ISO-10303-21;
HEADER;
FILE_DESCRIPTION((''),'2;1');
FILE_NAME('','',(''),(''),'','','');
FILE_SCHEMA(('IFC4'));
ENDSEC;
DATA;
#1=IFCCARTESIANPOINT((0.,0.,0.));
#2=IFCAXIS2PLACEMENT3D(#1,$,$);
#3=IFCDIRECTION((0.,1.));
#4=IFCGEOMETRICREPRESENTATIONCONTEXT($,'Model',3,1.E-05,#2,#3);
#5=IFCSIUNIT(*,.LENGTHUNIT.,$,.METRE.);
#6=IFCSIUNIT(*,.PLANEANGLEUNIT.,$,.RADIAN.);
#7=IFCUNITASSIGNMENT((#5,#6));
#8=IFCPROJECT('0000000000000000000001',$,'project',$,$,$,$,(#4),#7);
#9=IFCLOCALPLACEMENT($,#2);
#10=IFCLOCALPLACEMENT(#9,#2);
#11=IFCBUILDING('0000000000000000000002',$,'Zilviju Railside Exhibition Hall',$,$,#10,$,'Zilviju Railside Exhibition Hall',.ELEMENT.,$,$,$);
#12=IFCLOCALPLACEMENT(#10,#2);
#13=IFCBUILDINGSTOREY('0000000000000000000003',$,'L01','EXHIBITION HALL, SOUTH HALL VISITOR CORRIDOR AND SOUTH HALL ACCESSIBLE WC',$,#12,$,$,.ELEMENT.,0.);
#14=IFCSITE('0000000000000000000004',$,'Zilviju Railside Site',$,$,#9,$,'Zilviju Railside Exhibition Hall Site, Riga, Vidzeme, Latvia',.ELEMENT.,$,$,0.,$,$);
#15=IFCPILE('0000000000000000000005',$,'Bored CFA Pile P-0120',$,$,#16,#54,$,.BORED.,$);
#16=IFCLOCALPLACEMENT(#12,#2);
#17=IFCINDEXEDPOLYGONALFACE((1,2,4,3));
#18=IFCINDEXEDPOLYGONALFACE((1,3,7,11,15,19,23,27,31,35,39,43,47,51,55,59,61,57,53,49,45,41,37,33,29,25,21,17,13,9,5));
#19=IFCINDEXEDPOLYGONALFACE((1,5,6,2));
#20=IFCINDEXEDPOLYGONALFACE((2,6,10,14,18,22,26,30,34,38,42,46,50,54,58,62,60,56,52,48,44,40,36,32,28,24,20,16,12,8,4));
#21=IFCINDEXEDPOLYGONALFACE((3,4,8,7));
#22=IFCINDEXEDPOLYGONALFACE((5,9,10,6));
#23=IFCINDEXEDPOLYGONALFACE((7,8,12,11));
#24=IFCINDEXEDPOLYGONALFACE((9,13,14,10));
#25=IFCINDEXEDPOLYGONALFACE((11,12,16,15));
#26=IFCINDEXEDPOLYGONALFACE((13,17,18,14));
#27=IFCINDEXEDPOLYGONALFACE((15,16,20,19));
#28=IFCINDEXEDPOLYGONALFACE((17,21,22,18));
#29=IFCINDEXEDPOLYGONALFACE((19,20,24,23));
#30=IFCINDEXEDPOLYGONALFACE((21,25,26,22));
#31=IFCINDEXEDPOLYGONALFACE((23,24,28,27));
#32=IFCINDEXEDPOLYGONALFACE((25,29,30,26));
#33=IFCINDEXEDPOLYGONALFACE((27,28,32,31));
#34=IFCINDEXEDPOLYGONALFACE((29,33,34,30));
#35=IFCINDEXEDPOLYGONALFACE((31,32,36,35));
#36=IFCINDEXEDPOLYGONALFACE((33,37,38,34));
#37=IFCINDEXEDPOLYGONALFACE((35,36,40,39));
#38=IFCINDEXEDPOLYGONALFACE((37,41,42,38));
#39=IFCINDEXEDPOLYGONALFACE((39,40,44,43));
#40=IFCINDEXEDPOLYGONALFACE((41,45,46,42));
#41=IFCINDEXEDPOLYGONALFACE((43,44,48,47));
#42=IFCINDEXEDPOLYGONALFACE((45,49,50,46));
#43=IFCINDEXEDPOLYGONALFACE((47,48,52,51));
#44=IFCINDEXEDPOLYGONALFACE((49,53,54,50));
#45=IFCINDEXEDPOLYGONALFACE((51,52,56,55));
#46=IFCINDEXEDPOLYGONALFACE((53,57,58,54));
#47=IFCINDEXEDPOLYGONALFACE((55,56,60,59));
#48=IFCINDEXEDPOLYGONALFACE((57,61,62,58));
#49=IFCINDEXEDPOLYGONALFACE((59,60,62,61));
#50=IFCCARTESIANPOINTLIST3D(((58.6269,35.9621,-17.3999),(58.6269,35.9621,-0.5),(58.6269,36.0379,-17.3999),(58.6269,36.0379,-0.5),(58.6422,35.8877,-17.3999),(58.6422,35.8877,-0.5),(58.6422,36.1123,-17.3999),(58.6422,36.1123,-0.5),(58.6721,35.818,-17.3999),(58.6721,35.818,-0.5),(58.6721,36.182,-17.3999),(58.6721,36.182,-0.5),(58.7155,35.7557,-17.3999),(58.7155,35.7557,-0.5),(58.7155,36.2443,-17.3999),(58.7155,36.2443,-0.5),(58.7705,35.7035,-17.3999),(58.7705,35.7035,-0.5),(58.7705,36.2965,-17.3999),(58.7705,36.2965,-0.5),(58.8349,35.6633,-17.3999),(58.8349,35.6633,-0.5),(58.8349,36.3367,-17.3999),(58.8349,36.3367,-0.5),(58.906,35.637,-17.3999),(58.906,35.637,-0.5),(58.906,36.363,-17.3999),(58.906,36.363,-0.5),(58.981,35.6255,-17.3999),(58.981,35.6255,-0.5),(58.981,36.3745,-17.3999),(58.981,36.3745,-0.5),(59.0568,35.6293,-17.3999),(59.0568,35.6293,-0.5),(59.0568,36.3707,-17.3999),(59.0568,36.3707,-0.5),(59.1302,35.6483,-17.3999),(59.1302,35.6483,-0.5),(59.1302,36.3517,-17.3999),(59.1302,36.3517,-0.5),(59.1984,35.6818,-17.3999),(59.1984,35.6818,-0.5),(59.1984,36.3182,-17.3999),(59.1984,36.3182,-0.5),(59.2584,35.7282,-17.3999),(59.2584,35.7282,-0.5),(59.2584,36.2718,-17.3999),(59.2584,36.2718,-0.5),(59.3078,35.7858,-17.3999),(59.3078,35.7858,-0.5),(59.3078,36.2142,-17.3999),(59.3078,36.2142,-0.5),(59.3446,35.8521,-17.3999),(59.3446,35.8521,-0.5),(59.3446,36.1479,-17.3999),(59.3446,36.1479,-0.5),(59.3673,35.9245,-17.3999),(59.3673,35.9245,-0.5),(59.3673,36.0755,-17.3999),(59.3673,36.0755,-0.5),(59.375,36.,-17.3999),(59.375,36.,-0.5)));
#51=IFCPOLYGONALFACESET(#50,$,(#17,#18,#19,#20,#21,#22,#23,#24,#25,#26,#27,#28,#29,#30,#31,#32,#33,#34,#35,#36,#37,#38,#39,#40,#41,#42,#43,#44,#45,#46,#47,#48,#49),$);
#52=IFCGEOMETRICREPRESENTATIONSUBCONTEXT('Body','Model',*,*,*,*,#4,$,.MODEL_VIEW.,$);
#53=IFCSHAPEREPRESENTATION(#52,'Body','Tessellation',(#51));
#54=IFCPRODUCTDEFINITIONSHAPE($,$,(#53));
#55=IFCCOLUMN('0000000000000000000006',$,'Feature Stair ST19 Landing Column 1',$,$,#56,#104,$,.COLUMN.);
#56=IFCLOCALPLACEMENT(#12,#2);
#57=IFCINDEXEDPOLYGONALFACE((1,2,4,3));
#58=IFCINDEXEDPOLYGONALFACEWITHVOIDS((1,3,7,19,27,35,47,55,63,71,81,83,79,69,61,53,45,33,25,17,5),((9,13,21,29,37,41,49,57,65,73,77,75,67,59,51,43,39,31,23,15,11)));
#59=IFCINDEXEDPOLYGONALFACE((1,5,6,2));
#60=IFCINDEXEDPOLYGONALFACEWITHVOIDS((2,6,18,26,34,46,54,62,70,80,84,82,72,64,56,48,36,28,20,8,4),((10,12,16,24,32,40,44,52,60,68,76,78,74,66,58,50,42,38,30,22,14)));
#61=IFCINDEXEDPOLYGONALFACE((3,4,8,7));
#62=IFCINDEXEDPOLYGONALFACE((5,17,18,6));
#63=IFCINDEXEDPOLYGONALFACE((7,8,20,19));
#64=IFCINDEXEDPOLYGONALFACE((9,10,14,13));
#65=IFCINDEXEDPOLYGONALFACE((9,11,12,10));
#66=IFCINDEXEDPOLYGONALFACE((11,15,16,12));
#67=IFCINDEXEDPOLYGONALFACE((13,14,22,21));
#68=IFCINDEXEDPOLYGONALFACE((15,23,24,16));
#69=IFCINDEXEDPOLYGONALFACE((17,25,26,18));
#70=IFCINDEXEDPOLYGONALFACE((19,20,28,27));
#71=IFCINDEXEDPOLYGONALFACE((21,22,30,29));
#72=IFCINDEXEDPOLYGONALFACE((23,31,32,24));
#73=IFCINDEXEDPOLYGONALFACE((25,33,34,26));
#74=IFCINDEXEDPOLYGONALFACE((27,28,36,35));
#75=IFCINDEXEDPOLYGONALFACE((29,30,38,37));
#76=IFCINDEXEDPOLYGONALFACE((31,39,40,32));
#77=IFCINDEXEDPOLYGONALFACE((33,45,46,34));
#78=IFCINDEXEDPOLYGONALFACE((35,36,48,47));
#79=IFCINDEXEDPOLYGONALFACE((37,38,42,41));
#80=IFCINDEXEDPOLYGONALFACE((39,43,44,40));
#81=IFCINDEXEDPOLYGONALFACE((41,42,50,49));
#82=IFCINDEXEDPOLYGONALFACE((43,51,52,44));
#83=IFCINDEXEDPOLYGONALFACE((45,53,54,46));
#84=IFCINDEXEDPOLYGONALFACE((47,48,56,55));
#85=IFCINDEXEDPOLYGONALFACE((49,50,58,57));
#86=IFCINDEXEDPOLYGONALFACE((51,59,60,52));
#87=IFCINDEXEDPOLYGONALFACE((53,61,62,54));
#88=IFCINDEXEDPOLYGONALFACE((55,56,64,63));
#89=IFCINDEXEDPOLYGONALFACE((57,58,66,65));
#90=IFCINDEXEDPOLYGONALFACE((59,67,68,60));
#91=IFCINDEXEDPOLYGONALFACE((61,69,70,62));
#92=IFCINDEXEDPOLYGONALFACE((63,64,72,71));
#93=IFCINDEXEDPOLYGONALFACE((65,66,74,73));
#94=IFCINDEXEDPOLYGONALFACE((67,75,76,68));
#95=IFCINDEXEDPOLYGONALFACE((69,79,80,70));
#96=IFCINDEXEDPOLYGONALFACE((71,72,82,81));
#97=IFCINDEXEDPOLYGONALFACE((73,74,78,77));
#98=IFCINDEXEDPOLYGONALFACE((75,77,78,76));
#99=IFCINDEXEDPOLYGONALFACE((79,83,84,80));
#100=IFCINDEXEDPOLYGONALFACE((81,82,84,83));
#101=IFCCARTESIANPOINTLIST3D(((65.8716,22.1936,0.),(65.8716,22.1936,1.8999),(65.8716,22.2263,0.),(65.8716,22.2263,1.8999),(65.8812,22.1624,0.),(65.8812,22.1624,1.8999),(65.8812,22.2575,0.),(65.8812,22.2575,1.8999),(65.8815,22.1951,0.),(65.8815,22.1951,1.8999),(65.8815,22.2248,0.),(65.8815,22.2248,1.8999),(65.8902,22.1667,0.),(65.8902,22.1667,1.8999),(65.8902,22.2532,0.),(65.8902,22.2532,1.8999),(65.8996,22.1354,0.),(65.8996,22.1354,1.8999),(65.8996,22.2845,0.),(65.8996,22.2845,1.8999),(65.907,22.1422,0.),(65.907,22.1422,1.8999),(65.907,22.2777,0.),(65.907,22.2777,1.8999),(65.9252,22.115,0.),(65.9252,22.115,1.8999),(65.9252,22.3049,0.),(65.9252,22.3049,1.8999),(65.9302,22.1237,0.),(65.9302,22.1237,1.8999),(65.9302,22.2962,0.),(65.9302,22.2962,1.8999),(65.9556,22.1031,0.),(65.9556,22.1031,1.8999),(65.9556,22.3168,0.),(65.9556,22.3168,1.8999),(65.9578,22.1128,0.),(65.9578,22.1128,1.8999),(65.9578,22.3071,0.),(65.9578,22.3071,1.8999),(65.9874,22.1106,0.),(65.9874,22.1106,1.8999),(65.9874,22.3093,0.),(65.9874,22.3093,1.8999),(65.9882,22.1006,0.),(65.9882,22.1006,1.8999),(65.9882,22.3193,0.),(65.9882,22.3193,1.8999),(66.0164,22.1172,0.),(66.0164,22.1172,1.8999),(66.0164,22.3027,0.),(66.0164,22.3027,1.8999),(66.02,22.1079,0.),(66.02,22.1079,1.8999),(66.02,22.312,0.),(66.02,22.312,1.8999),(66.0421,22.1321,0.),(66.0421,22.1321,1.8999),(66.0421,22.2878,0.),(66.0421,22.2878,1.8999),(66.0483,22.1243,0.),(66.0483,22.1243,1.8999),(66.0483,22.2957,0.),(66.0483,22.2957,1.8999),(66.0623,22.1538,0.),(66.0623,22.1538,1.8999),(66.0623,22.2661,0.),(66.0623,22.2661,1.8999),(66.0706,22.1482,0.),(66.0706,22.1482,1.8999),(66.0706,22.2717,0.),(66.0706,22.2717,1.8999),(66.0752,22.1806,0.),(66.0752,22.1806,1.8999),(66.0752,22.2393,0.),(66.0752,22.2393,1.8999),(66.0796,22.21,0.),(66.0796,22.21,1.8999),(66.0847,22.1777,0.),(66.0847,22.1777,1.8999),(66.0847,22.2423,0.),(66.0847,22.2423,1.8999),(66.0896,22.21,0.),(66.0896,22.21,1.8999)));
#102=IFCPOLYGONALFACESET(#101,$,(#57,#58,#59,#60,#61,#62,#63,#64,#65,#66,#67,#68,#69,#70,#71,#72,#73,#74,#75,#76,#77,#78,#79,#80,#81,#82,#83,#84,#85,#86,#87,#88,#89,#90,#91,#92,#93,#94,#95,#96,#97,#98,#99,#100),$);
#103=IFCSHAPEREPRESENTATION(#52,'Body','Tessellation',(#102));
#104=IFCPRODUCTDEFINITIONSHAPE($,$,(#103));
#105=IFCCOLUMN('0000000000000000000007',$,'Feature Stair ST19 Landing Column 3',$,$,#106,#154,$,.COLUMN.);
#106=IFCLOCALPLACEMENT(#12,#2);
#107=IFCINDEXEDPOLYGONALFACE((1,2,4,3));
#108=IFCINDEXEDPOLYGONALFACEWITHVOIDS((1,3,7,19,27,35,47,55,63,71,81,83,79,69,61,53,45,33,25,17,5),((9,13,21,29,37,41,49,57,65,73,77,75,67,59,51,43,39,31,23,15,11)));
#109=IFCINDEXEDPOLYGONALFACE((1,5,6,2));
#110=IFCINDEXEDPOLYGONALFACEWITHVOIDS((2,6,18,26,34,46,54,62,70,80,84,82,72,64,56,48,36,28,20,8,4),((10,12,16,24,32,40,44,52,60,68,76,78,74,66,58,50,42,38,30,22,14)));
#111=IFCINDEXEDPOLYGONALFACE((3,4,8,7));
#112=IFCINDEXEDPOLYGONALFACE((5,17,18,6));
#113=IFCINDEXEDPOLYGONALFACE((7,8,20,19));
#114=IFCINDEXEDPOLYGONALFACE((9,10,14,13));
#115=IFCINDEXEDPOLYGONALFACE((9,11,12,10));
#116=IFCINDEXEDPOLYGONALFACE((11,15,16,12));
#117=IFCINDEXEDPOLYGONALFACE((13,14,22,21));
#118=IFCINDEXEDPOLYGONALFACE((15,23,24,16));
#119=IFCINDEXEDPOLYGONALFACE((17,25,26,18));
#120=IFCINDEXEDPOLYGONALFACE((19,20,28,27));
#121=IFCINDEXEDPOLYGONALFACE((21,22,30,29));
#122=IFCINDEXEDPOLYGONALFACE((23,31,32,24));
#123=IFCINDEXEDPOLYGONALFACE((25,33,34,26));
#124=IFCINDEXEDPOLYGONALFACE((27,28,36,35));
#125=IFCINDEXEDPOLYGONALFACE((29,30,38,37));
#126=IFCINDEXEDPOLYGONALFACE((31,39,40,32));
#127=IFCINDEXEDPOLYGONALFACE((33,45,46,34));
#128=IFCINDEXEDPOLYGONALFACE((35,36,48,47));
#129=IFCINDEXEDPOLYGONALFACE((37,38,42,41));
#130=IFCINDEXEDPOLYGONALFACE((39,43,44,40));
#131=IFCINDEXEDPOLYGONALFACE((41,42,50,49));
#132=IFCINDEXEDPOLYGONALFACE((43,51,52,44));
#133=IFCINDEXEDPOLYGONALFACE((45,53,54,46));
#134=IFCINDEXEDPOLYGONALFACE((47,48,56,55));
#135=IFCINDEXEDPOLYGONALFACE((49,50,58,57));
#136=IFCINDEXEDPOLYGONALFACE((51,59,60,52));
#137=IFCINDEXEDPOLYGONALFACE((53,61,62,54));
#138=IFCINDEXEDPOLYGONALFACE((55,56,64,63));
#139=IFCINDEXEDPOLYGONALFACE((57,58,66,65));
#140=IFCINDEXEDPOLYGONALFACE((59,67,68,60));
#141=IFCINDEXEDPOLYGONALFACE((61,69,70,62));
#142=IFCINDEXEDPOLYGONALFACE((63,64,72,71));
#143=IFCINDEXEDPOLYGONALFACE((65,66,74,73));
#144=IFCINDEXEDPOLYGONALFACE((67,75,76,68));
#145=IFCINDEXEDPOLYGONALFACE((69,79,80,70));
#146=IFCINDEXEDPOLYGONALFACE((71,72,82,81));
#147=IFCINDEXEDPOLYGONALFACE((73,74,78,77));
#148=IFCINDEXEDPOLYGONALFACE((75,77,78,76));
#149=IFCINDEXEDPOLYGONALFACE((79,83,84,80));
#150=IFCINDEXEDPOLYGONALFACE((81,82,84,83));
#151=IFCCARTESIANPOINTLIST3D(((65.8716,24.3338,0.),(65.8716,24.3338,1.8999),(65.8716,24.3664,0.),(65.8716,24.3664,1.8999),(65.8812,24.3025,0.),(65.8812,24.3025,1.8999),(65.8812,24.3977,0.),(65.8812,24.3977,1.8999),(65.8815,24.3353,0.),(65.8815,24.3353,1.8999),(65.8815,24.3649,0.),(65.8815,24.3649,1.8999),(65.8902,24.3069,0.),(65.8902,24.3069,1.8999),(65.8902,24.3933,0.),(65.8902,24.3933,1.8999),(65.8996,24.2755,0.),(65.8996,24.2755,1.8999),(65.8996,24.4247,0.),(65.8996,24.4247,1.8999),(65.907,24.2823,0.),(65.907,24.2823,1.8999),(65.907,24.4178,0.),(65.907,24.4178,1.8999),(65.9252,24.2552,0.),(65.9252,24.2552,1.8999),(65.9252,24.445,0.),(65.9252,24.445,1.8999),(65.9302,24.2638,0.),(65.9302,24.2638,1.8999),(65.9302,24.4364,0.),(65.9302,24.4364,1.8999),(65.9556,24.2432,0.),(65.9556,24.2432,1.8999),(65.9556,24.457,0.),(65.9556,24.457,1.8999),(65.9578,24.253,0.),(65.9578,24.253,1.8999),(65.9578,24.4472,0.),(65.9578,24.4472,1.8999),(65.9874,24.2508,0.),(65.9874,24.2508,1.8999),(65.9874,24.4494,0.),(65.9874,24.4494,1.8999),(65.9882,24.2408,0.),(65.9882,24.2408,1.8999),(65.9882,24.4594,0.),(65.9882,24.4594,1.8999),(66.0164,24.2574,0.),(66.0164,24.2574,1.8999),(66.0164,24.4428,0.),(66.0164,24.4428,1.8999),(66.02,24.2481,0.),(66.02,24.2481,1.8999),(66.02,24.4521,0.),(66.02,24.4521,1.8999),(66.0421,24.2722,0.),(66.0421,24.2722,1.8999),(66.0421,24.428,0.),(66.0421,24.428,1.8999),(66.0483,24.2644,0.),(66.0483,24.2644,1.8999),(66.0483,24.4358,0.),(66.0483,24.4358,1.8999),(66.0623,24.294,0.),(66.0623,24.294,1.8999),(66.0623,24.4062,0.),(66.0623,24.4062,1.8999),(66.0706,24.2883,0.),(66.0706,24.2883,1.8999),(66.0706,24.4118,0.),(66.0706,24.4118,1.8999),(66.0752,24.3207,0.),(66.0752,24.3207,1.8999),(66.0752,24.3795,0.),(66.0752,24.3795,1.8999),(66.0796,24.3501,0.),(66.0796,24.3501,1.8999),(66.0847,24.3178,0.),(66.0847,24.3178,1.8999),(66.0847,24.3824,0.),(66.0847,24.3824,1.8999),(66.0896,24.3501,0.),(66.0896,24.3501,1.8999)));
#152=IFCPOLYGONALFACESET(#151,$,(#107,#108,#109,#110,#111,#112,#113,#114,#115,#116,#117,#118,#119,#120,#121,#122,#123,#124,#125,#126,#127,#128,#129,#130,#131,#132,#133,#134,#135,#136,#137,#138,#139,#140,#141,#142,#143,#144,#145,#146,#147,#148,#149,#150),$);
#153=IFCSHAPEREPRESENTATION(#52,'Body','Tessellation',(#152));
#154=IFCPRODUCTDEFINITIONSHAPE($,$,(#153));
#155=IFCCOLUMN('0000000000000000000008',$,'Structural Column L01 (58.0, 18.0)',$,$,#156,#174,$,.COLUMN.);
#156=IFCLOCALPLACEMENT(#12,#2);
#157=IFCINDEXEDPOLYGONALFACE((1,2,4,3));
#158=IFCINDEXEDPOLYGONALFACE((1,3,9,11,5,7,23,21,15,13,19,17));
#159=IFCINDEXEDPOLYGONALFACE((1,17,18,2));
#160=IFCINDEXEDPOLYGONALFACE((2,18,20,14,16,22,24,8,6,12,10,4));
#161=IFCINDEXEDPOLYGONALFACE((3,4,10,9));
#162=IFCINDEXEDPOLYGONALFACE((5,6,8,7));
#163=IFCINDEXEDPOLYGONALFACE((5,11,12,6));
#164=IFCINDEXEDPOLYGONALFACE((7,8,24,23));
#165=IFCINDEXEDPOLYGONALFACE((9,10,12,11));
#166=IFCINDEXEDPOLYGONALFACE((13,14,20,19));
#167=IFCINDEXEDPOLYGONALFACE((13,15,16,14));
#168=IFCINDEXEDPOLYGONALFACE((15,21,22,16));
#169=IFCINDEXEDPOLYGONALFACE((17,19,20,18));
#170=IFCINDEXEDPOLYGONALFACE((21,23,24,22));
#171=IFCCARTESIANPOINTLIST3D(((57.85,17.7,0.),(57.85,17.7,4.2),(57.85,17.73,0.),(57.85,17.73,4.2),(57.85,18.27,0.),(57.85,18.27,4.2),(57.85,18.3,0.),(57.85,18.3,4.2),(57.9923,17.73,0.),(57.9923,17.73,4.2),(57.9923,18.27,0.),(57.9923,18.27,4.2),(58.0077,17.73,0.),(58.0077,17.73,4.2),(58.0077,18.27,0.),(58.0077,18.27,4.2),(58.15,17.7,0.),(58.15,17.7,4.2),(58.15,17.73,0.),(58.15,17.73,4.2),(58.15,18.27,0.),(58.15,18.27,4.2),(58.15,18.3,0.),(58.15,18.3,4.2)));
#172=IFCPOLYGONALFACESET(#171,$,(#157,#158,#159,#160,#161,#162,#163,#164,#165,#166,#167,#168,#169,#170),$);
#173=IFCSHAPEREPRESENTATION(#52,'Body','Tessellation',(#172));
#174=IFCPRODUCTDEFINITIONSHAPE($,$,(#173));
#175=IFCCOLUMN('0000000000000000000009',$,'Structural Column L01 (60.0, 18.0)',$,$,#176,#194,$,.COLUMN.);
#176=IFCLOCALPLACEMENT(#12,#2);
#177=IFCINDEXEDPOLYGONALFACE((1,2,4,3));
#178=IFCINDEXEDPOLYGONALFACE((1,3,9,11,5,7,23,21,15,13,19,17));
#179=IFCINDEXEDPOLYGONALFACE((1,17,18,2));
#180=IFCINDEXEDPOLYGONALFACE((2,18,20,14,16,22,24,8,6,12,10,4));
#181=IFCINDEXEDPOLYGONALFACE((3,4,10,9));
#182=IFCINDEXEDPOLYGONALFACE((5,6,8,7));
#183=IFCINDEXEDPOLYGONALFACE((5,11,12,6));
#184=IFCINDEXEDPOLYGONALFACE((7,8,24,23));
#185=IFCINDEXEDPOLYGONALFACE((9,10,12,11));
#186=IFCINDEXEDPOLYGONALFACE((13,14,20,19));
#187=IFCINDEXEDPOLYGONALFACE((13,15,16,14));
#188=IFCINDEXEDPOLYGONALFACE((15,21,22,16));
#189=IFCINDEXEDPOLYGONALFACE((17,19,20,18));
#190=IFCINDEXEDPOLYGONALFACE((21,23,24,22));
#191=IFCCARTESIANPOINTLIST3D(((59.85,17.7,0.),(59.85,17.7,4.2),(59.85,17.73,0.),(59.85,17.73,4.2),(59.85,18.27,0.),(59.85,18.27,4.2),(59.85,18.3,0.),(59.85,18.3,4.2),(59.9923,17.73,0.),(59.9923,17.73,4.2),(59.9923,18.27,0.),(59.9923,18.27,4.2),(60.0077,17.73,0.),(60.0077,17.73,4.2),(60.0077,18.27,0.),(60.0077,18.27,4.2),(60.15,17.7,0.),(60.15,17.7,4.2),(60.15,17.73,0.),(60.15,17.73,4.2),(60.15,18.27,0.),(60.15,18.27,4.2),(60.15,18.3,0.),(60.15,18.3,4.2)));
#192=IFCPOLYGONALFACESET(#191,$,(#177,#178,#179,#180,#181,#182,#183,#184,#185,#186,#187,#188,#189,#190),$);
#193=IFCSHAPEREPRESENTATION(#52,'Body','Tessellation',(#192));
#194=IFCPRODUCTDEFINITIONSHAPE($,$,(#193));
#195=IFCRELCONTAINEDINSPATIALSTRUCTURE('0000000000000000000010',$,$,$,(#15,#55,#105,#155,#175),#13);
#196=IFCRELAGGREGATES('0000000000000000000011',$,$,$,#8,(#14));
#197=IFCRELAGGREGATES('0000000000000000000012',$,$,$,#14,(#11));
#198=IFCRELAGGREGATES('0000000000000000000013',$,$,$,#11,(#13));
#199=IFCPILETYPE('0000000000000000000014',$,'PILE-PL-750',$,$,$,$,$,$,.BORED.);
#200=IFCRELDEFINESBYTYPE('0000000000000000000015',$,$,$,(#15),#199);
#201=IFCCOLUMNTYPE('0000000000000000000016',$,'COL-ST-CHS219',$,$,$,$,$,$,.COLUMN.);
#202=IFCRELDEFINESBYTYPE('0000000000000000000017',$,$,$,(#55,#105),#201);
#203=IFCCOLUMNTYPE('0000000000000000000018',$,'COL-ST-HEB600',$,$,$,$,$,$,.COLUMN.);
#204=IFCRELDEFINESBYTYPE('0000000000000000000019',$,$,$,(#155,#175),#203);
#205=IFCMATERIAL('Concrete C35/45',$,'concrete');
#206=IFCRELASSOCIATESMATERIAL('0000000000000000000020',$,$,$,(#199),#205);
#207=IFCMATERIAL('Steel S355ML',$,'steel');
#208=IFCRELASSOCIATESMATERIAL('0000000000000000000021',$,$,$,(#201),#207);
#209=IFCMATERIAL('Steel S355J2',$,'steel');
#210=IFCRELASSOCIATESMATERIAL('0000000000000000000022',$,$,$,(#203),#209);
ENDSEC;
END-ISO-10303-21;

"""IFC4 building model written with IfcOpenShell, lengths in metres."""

from ifc_helpers import new_model, si_unit, direction, frame, origin, origin_2d, place, context, subcontext, project, spatial, circle, hollow_circle, i_section, extrude, material, material_profile, profile_set, type_object, element, save


model = new_model("IFC4")

# Units and contexts
model_context = context("Model", 3, precision=1e-05, world=origin(), true_north=direction((0.0, 1.0)))
body_context = subcontext(model_context, "Body", "Model", "MODEL_VIEW")
ifc_project = project(units=[si_unit("LENGTHUNIT", "METRE"), si_unit("PLANEANGLEUNIT", "RADIAN")], contexts=[model_context])

# Site, building, storey
site_placement = place(None, origin())
site = spatial("IfcSite", under=ifc_project, at=site_placement, Name="Zilviju Railside Site", LongName="Zilviju Railside Exhibition Hall Site, Riga, Vidzeme, Latvia", CompositionType="ELEMENT", RefElevation=0.0)
building_placement = place(site_placement, origin())
building = spatial("IfcBuilding", under=site, at=building_placement, Name="Zilviju Railside Exhibition Hall", LongName="Zilviju Railside Exhibition Hall", CompositionType="ELEMENT")
storey_placement = place(building_placement, origin())
storey = spatial("IfcBuildingStorey", under=building, at=storey_placement, Name="L01", Description="EXHIBITION HALL, SOUTH HALL VISITOR CORRIDOR AND SOUTH HALL ACCESSIBLE WC", CompositionType="ELEMENT", Elevation=0.0)

# Shared definitions
ifc_material_1 = material(Name="Concrete C35/45", Category="concrete")

# Pile
ifc_material_profile_1 = material_profile(ifc_material_1, circle(Radius=0.375, at=origin_2d()), Name="CFA PILE D750")
ifc_profile_set_1 = profile_set([ifc_material_profile_1], Name="Concrete C35/45")
pile_type = type_object("IfcPileType", Name="PILE-PL-750", PredefinedType="BORED", material=ifc_profile_set_1)
for number, where, z_axis, x_axis, name in (
    (1, (59.0, 36.0, -0.5), (0.0, 0.0, -1.0), (1.0, 0.0, 0.0), "Bored CFA Pile P-0120"),
):
    element("IfcPile", number, at=place(storey_placement, frame(where, z_axis=z_axis, x_axis=x_axis)), inside=storey, type_object=pile_type, Name=name, PredefinedType="BORED", context=body_context, shape_type="SweptSolid", body=[
        extrude(circle(Radius=0.375, at=origin_2d()), origin(), (0.0, 0.0, 1.0), 16.8999),
    ])

# Columns
ifc_material_2 = material(Name="Steel S355ML", Category="steel")
ifc_material_profile_2 = material_profile(ifc_material_2, hollow_circle(Radius=0.1096, WallThickness=0.01, at=origin_2d()), Name="CHS 219.1x10.0")
ifc_profile_set_2 = profile_set([ifc_material_profile_2], Name="Steel S355ML")
column_type_1 = type_object("IfcColumnType", Name="COL-ST-CHS219", PredefinedType="COLUMN", material=ifc_profile_set_2)
for number, where, z_axis, x_axis, name in (
    (2, (65.98, 22.21, 0.0), (0.0, 0.0, 1.0), (1.0, 0.0, 0.0), "Feature Stair ST19 Landing Column 1"),
    (3, (65.98, 24.3501, 0.0), (0.0, 0.0, 1.0), (1.0, 0.0, 0.0), "Feature Stair ST19 Landing Column 3"),
):
    element("IfcColumn", number, at=place(storey_placement, frame(where, z_axis=z_axis, x_axis=x_axis)), inside=storey, type_object=column_type_1, Name=name, PredefinedType="COLUMN", context=body_context, shape_type="SweptSolid", body=[
        extrude(hollow_circle(Radius=0.1096, WallThickness=0.01, at=origin_2d()), origin(), (0.0, 0.0, 1.0), 1.8999),
    ])
ifc_material_3 = material(Name="Steel S355J2", Category="steel")
ifc_material_profile_3 = material_profile(ifc_material_3, i_section(OverallWidth=0.3, OverallDepth=0.6001, WebThickness=0.0154, FlangeThickness=0.03, at=origin_2d()), Name="HEB 600")
ifc_profile_set_3 = profile_set([ifc_material_profile_3], Name="Steel S355J2")
column_type_2 = type_object("IfcColumnType", Name="COL-ST-HEB600", PredefinedType="COLUMN", material=ifc_profile_set_3)
for number, where, z_axis, x_axis, name in (
    (4, (58.0, 18.0, 0.0), (0.0, 0.0, 1.0), (1.0, 0.0, 0.0), "Structural Column L01 (58.0, 18.0)"),
    (5, (60.0, 18.0, 0.0), (0.0, 0.0, 1.0), (1.0, 0.0, 0.0), "Structural Column L01 (60.0, 18.0)"),
):
    element("IfcColumn", number, at=place(storey_placement, frame(where, z_axis=z_axis, x_axis=x_axis)), inside=storey, type_object=column_type_2, Name=name, PredefinedType="COLUMN", context=body_context, shape_type="SweptSolid", body=[
        extrude(i_section(OverallWidth=0.3, OverallDepth=0.6001, WebThickness=0.0154, FlangeThickness=0.03, at=origin_2d()), origin(), (0.0, 0.0, 1.0), 4.2),
    ])

save(model, "model.ifc")
